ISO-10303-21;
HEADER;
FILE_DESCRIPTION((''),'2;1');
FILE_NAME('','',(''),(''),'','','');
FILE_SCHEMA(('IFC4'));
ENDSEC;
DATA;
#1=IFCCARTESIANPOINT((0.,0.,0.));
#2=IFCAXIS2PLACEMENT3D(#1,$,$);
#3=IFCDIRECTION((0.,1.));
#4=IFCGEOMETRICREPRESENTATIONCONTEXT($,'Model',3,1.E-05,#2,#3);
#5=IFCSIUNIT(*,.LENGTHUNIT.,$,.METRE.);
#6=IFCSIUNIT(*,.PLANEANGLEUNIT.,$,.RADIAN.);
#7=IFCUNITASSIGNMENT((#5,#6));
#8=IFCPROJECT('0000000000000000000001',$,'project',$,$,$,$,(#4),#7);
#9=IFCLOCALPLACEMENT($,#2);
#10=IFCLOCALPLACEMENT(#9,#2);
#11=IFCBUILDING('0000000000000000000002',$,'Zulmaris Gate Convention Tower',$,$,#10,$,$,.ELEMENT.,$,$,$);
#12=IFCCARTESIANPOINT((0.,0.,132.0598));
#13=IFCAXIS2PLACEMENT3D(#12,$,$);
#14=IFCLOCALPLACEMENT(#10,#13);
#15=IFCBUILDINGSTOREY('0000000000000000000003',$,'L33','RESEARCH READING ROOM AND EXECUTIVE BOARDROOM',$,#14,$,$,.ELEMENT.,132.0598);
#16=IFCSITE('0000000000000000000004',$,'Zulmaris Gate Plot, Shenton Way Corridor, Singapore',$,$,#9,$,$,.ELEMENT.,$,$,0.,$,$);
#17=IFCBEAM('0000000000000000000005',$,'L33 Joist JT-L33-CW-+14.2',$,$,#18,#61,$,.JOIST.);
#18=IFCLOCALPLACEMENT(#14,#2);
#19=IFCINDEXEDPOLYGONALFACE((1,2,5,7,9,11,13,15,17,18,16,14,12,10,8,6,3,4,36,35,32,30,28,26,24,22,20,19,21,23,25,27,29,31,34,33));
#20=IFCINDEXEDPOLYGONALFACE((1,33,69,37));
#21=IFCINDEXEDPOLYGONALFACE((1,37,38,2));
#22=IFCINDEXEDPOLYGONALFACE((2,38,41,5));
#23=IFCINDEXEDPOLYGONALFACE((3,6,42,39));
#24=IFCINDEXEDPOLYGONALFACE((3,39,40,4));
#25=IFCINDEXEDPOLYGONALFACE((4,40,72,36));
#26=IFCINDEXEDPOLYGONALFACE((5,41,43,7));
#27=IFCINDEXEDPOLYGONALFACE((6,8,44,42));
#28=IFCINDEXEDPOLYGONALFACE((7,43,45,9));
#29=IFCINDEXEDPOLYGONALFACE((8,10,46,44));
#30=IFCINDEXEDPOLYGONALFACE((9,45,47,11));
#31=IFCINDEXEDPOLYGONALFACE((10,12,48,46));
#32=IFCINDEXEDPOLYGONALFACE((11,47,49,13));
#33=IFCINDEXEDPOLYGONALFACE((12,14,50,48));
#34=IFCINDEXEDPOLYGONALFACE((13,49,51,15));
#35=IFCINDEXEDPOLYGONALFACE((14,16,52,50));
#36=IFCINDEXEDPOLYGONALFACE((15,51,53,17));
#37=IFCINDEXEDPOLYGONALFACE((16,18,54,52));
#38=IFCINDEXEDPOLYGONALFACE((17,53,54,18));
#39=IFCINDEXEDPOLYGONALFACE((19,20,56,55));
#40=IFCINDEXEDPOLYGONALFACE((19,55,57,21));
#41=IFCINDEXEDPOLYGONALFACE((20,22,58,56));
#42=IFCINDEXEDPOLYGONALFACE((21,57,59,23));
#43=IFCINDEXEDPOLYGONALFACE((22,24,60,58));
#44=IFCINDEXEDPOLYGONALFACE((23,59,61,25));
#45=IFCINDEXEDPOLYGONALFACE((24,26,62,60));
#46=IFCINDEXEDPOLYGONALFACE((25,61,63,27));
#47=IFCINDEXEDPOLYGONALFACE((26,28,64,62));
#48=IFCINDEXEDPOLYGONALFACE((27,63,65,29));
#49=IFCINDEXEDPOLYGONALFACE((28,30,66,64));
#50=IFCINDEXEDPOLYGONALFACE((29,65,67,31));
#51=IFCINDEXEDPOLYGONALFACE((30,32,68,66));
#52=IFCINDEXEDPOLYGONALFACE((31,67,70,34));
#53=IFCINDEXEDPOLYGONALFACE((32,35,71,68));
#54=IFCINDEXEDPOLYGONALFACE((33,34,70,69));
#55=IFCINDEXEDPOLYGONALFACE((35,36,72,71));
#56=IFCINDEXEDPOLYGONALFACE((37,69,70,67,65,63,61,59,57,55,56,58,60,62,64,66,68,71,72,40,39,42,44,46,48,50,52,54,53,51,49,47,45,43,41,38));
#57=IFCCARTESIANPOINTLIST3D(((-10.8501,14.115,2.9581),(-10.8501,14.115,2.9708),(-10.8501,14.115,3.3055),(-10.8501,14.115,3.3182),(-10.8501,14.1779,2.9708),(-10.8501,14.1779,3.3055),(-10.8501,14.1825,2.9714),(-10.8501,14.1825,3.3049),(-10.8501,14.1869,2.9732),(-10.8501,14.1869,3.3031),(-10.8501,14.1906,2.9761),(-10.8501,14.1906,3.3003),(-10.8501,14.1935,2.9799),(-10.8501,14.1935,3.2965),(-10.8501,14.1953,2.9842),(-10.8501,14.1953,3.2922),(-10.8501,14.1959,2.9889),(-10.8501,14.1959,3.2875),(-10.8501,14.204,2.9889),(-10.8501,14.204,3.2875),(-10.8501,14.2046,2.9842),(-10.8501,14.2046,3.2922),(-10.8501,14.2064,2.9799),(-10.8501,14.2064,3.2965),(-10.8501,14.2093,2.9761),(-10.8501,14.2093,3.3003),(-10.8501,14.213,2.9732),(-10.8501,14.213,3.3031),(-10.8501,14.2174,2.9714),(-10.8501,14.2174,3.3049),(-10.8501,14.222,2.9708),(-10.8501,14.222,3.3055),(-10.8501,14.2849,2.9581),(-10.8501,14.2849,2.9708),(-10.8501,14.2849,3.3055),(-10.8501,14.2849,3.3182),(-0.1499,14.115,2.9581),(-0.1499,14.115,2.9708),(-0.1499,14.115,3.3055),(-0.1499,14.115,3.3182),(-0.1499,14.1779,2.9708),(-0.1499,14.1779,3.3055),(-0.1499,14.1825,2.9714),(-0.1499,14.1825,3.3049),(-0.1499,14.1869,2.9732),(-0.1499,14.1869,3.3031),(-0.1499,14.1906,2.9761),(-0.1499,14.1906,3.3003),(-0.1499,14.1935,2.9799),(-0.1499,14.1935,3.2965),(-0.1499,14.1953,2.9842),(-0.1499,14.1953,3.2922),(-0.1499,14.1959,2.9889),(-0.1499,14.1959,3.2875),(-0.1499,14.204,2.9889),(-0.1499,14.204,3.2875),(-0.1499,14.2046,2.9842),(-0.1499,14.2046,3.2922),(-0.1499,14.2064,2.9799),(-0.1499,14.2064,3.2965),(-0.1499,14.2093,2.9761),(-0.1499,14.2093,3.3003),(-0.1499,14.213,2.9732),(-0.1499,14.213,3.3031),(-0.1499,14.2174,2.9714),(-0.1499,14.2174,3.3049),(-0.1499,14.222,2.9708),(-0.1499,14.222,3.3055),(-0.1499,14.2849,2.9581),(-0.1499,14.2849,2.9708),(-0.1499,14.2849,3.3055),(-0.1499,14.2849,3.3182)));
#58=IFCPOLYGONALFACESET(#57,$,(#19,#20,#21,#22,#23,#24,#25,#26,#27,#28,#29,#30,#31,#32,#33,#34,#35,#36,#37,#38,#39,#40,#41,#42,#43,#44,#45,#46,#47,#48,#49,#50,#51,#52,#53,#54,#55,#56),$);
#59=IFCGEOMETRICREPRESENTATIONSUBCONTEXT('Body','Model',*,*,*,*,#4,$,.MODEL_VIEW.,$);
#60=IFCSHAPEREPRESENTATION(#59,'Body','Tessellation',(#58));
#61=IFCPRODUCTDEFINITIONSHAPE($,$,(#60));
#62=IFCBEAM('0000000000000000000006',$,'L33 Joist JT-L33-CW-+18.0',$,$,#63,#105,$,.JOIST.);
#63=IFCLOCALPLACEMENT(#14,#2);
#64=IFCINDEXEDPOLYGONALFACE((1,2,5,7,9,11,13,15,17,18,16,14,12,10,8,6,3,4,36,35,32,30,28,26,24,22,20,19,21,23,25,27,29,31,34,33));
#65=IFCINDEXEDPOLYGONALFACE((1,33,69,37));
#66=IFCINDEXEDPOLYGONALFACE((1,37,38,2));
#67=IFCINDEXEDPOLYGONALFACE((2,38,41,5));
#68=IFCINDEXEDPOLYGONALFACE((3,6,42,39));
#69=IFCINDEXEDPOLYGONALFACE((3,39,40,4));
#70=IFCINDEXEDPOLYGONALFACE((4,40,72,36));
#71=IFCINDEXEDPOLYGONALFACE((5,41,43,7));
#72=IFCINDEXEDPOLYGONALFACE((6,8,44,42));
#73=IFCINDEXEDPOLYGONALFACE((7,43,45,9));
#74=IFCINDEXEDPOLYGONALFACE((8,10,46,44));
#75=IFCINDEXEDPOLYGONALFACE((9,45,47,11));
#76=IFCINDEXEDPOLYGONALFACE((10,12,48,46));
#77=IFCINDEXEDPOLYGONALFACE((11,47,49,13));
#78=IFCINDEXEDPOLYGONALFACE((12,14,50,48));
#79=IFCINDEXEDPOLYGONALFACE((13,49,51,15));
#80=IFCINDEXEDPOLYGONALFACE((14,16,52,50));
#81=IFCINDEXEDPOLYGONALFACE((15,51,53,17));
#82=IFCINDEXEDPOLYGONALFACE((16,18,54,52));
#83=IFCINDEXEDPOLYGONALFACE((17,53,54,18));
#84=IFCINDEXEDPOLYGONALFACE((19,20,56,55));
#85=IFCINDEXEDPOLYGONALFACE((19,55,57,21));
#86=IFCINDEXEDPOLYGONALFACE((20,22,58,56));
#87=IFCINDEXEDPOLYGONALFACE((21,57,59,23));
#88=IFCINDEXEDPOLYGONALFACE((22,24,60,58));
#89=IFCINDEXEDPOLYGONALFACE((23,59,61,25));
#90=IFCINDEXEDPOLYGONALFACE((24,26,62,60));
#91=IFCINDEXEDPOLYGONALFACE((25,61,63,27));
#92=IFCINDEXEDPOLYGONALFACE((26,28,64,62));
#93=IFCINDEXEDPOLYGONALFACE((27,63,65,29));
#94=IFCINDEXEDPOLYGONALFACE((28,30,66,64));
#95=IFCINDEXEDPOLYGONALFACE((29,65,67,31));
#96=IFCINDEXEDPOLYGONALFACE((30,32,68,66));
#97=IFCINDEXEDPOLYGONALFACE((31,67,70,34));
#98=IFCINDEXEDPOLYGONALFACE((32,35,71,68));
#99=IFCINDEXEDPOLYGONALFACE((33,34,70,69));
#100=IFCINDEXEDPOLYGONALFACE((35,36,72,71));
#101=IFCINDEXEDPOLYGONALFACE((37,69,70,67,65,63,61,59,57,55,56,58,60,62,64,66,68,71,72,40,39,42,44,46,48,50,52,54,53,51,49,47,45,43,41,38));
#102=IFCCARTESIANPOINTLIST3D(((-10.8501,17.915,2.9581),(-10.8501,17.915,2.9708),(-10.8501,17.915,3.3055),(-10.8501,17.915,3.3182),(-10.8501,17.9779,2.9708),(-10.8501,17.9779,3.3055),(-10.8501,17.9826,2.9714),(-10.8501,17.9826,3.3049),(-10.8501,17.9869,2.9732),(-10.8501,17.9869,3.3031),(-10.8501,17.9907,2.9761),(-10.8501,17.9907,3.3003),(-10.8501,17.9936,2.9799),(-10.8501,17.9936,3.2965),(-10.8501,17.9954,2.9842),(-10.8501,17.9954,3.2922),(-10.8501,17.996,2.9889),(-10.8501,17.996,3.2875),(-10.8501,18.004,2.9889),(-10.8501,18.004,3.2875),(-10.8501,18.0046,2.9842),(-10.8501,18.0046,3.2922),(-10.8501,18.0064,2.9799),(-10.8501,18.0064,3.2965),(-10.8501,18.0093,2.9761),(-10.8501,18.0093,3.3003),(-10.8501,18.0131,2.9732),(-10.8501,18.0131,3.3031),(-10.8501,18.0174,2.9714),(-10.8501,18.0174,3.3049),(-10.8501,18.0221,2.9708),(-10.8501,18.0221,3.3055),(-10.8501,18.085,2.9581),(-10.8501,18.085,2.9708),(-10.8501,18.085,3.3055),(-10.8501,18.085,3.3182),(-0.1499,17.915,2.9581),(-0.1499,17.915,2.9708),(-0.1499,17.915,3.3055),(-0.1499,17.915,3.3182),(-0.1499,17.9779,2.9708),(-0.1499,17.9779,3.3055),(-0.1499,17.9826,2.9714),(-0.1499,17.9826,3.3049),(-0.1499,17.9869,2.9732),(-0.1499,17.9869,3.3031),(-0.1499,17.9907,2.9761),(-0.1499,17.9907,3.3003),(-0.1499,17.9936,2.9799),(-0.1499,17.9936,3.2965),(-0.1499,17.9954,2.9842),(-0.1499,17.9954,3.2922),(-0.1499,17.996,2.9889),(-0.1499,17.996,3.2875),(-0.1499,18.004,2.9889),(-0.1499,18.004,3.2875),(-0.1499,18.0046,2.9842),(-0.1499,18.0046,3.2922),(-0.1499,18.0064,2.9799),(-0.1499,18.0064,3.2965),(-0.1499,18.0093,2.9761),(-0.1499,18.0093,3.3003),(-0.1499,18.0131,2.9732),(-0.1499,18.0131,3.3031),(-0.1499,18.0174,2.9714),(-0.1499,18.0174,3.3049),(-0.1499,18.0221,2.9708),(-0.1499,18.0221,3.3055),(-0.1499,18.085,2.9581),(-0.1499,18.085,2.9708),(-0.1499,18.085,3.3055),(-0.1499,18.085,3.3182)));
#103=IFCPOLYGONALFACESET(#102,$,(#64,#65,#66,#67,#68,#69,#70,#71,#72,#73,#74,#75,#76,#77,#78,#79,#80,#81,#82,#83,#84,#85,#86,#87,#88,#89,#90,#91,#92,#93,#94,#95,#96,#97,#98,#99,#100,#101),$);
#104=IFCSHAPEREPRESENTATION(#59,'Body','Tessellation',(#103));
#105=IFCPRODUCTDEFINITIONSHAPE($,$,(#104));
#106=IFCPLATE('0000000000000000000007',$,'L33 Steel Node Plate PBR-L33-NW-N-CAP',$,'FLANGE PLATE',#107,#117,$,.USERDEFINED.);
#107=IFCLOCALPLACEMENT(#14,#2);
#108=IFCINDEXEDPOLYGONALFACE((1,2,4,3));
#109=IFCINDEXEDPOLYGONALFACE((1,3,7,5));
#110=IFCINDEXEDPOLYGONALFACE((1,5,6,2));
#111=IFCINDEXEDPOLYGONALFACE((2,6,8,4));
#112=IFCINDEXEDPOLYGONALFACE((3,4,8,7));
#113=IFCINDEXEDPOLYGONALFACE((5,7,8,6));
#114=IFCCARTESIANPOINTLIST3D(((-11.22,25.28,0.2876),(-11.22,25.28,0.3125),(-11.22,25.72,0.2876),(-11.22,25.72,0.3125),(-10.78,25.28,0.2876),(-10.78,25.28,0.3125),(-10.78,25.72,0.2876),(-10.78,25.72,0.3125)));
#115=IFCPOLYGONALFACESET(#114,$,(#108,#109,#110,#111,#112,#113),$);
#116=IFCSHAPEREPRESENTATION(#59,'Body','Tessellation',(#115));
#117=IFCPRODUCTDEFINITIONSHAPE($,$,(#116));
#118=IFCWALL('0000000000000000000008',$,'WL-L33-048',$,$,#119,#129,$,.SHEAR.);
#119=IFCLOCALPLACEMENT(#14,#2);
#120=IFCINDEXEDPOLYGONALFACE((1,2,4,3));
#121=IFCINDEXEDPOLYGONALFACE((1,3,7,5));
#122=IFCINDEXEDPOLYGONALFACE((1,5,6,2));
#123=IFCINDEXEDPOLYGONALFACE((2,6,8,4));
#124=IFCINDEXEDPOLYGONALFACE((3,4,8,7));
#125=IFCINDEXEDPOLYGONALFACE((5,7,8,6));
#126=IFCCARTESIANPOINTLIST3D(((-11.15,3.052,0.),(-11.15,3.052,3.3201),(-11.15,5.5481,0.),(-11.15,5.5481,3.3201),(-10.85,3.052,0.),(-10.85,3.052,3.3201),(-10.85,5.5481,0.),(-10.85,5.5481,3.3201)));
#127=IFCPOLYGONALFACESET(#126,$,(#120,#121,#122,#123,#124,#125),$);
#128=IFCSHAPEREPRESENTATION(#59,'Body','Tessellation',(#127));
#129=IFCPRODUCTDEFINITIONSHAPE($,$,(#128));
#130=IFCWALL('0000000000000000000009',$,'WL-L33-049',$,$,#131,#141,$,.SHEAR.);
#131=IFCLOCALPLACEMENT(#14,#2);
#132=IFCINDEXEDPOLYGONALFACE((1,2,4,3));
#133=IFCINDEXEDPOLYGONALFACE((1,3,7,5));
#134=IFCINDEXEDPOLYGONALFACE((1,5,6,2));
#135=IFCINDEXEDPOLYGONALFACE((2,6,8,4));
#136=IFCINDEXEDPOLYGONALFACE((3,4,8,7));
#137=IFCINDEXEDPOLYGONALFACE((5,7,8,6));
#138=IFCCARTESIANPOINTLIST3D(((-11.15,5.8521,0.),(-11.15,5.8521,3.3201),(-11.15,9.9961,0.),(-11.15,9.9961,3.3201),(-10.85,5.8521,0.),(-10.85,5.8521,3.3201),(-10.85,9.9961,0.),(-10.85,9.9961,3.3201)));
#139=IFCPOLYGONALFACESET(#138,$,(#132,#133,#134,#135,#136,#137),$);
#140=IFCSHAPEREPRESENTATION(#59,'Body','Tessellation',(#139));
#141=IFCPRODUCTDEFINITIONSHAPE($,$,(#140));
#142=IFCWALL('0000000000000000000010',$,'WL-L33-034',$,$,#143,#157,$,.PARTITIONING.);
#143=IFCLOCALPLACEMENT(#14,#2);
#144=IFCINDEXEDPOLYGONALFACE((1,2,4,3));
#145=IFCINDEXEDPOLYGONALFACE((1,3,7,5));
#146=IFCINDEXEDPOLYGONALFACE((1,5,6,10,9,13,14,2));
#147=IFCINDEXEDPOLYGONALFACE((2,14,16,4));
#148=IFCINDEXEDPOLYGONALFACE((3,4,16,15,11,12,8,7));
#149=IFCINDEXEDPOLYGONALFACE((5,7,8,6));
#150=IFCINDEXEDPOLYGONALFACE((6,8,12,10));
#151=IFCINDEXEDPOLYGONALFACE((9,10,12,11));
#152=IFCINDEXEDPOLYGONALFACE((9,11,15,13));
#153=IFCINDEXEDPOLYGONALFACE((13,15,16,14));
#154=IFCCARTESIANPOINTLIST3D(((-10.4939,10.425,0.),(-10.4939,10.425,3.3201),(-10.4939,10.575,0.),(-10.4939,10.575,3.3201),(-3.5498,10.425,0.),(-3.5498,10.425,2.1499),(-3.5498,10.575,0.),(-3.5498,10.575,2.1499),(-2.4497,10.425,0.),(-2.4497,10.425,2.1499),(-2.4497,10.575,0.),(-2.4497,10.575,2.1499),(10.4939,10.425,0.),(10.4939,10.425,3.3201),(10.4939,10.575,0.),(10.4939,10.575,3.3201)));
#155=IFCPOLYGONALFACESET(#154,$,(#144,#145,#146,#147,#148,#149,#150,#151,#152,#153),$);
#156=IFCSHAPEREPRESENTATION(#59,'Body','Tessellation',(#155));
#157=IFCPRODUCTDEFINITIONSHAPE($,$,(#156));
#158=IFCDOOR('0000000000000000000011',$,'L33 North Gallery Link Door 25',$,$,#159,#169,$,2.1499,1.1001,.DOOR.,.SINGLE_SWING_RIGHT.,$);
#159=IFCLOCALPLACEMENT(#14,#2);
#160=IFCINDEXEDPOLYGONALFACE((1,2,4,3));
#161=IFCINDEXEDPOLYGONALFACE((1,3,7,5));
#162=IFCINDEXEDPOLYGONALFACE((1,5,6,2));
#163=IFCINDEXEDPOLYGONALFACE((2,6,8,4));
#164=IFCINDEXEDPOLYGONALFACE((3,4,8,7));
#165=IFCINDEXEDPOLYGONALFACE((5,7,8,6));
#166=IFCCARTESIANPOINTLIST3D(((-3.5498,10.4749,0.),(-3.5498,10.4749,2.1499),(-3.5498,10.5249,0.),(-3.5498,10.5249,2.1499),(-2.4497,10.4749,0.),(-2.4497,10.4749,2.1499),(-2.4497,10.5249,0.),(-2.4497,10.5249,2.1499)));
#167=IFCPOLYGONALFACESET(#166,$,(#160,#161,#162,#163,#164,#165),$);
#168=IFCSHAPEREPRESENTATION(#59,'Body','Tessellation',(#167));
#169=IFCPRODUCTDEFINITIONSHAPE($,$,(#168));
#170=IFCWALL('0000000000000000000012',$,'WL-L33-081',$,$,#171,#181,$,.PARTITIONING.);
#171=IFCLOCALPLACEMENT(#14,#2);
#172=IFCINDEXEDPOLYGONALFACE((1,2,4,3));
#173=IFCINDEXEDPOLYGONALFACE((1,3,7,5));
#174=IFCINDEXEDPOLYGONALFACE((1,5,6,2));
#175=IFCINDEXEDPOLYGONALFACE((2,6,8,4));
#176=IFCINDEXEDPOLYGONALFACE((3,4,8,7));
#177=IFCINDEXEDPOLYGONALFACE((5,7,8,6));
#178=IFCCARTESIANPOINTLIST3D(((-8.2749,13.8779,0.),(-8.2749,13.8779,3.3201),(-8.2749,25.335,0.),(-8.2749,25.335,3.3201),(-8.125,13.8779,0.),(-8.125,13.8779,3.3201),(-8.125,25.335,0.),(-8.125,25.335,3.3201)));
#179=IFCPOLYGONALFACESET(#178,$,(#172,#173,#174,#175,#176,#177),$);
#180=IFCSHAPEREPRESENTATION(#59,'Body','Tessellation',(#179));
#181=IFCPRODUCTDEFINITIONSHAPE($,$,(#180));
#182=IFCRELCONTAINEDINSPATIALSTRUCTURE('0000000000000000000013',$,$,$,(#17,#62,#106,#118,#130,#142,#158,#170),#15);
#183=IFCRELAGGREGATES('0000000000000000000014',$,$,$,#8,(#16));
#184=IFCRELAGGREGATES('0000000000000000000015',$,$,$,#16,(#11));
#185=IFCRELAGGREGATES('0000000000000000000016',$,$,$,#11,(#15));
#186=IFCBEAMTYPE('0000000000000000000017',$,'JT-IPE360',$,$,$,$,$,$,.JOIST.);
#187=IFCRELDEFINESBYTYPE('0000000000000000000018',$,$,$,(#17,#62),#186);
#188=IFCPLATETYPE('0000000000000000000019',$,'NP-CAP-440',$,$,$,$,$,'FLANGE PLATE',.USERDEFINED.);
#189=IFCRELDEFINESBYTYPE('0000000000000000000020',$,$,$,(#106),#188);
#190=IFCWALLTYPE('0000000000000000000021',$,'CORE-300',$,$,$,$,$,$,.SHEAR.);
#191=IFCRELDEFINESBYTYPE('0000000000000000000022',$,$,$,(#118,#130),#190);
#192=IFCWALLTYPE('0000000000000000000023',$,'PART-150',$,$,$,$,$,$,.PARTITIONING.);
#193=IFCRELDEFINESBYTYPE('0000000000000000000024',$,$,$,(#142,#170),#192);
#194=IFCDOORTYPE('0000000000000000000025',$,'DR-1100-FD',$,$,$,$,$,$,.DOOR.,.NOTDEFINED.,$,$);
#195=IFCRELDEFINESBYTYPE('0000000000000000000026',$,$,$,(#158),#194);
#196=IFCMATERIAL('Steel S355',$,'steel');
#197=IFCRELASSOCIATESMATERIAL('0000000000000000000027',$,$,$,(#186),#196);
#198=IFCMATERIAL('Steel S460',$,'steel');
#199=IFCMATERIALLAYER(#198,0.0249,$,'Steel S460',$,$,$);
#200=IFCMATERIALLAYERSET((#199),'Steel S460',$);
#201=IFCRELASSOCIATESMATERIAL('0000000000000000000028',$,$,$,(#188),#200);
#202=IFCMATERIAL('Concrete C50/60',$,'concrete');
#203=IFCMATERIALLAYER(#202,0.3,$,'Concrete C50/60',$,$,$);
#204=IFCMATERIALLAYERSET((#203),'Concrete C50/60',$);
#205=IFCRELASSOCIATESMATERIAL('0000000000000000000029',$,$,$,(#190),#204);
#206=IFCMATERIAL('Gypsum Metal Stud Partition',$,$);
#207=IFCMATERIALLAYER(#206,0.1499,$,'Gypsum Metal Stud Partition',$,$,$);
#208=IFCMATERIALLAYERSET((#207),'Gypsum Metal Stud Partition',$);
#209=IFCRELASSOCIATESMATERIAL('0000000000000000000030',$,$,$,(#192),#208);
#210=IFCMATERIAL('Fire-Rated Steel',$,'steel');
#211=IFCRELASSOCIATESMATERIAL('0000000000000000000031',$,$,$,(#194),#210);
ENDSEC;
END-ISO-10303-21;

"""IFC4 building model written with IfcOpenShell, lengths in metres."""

from ifc_helpers import new_model, si_unit, direction, frame, frame_2d, origin, origin_2d, place, context, subcontext, project, spatial, rectangle, i_section, extrude, material, layer, layer_set, material_profile, profile_set, type_object, element, fill, save


model = new_model("IFC4")

# Units and contexts
model_context = context("Model", 3, precision=1e-05, world=origin(), true_north=direction((0.0, 1.0)))
body_context = subcontext(model_context, "Body", "Model", "MODEL_VIEW")
ifc_project = project(units=[si_unit("LENGTHUNIT", "METRE"), si_unit("PLANEANGLEUNIT", "RADIAN")], contexts=[model_context])

# Site, building, storey
site_placement = place(None, origin())
site = spatial("IfcSite", under=ifc_project, at=site_placement, Name="Zulmaris Gate Plot, Shenton Way Corridor, Singapore", CompositionType="ELEMENT", RefElevation=0.0)
building_placement = place(site_placement, origin())
building = spatial("IfcBuilding", under=site, at=building_placement, Name="Zulmaris Gate Convention Tower", CompositionType="ELEMENT")
storey_placement = place(building_placement, frame((0.0, 0.0, 132.0598)))
storey = spatial("IfcBuildingStorey", under=building, at=storey_placement, Name="L33", Description="RESEARCH READING ROOM AND EXECUTIVE BOARDROOM", CompositionType="ELEMENT", Elevation=132.0598)

# Shared definitions
ifc_material_1 = material(Name="Steel S355", Category="steel")

# Shared definitions
ifc_material_2 = material(Name="Steel S460", Category="steel")

# Beams
ifc_material_profile_1 = material_profile(ifc_material_1, i_section(OverallWidth=0.1699, OverallDepth=0.3601, WebThickness=0.0081, FlangeThickness=0.0127, FilletRadius=0.0181, at=origin_2d()), Name="IPE 360")
ifc_profile_set_1 = profile_set([ifc_material_profile_1], Name="Steel S355")
beam_type_1 = type_object("IfcBeamType", Name="JT-IPE360", PredefinedType="JOIST", material=ifc_profile_set_1)
for number, where, z_axis, x_axis, name in (
    (1, (-10.8501, 14.2, 3.1382), (1.0, 0.0, 0.0), (0.0, 1.0, 0.0), "L33 Joist JT-L33-CW-+14.2"),
    (2, (-10.8501, 18.0, 3.1382), (1.0, 0.0, 0.0), (0.0, 1.0, 0.0), "L33 Joist JT-L33-CW-+18.0"),
):
    element("IfcBeam", number, at=place(storey_placement, frame(where, z_axis=z_axis, x_axis=x_axis)), inside=storey, type_object=beam_type_1, Name=name, PredefinedType="JOIST", context=body_context, shape_type="SweptSolid", body=[
        extrude(i_section(OverallWidth=0.1699, OverallDepth=0.3601, WebThickness=0.0081, FlangeThickness=0.0127, FilletRadius=0.0181, at=origin_2d()), origin(), (0.0, 0.0, 1.0), 10.7002),
    ])

# Plate
ifc_layer_1 = layer(ifc_material_2, 0.0249, Name="Steel S460")
ifc_layer_set_1 = layer_set([ifc_layer_1], Name="Steel S460")
plate_type = type_object("IfcPlateType", Name="NP-CAP-440", ElementType="FLANGE PLATE", PredefinedType="USERDEFINED", material=ifc_layer_set_1)
plate_placement = place(storey_placement, frame((-11.0, 25.5, 0.2876), z_axis=(0.0, 0.0, 1.0), x_axis=(1.0, 0.0, 0.0)))
element("IfcPlate", 3, at=plate_placement, inside=storey, type_object=plate_type, Name="L33 Steel Node Plate PBR-L33-NW-N-CAP", ObjectType="FLANGE PLATE", PredefinedType="USERDEFINED", context=body_context, shape_type="SweptSolid", body=[
    extrude(rectangle(XDim=0.4399, YDim=0.4399, at=origin_2d()), origin(), (0.0, 0.0, 1.0), 0.0249),
])

# Walls
ifc_material_3 = material(Name="Concrete C50/60", Category="concrete")
ifc_layer_2 = layer(ifc_material_3, 0.3, Name="Concrete C50/60")
ifc_layer_set_2 = layer_set([ifc_layer_2], Name="Concrete C50/60")
wall_type_1 = type_object("IfcWallType", Name="CORE-300", PredefinedType="SHEAR", material=ifc_layer_set_2)
wall_1_placement = place(storey_placement, frame((-11.0, 3.052, 0.0), z_axis=(0.0, 0.0, 1.0), x_axis=(0.0, 1.0, 0.0)))
element("IfcWall", 4, at=wall_1_placement, inside=storey, type_object=wall_type_1, Name="WL-L33-048", PredefinedType="SHEAR", context=body_context, shape_type="SweptSolid", body=[
    extrude(rectangle(XDim=2.4961, YDim=0.3, at=frame_2d((1.248, 0.0))), origin(), (0.0, 0.0, 1.0), 3.3201),
])
wall_2_placement = place(storey_placement, frame((-11.0, 5.8521, 0.0), z_axis=(0.0, 0.0, 1.0), x_axis=(0.0, 1.0, 0.0)))
element("IfcWall", 5, at=wall_2_placement, inside=storey, type_object=wall_type_1, Name="WL-L33-049", PredefinedType="SHEAR", context=body_context, shape_type="SweptSolid", body=[
    extrude(rectangle(XDim=4.144, YDim=0.3, at=frame_2d((2.072, 0.0))), origin(), (0.0, 0.0, 1.0), 3.3201),
])

# Wall, opening, door
ifc_material_4 = material(Name="Gypsum Metal Stud Partition")
ifc_layer_3 = layer(ifc_material_4, 0.1499, Name="Gypsum Metal Stud Partition")
ifc_layer_set_3 = layer_set([ifc_layer_3], Name="Gypsum Metal Stud Partition")
wall_type_2 = type_object("IfcWallType", Name="PART-150", PredefinedType="PARTITIONING", material=ifc_layer_set_3)
wall_3_placement = place(storey_placement, frame((-10.4939, 10.5, 0.0), z_axis=(0.0, 0.0, 1.0), x_axis=(1.0, 0.0, 0.0)))
wall_3 = element("IfcWall", 6, at=wall_3_placement, inside=storey, type_object=wall_type_2, Name="WL-L33-034", PredefinedType="PARTITIONING", context=body_context, shape_type="SweptSolid", body=[
    extrude(rectangle(XDim=20.9878, YDim=0.1499, at=frame_2d((10.4939, 0.0))), origin(), (0.0, 0.0, 1.0), 3.3201),
])
opening_1_placement = place(wall_3_placement, frame((6.9441, 0.0, 0.0)))
opening_1 = element("IfcOpeningElement", 7, at=opening_1_placement, cuts=wall_3, PredefinedType="OPENING", context=body_context, shape_type="SweptSolid", body=[
    extrude(rectangle(XDim=1.1001, YDim=2.1499, at=frame_2d((0.55, 1.075))), frame((0.0, 0.085, 0.0), z_axis=(0.0, -1.0, 0.0), x_axis=(1.0, 0.0, 0.0)), (0.0, 0.0, 1.0), 0.1699),
])
ifc_material_5 = material(Name="Fire-Rated Steel", Category="steel")
door_type_1 = type_object("IfcDoorType", Name="DR-1100-FD", OperationType="NOTDEFINED", PredefinedType="DOOR", material=ifc_material_5)
door_1_placement = place(opening_1_placement, origin())
door_1 = element("IfcDoor", 8, at=door_1_placement, inside=storey, type_object=door_type_1, Name="L33 North Gallery Link Door 25", OperationType="SINGLE_SWING_RIGHT", OverallHeight=2.1499, OverallWidth=1.1001, PredefinedType="DOOR", context=body_context, shape_type="SweptSolid", body=[
    extrude(rectangle(XDim=1.1001, YDim=2.1499, at=frame_2d((0.55, 1.075))), frame((0.0, 0.0249, 0.0), z_axis=(0.0, -1.0, 0.0), x_axis=(1.0, 0.0, 0.0)), (0.0, 0.0, 1.0), 0.05),
])
fill(opening_1, door_1)

# Wall
wall_4_placement = place(storey_placement, frame((-8.2, 13.8779, 0.0), z_axis=(0.0, 0.0, 1.0), x_axis=(0.0, 1.0, 0.0)))
element("IfcWall", 9, at=wall_4_placement, inside=storey, type_object=wall_type_2, Name="WL-L33-081", PredefinedType="PARTITIONING", context=body_context, shape_type="SweptSolid", body=[
    extrude(rectangle(XDim=11.457, YDim=0.1499, at=frame_2d((5.7285, 0.0))), origin(), (0.0, 0.0, 1.0), 3.3201),
])

save(model, "model.ifc")
